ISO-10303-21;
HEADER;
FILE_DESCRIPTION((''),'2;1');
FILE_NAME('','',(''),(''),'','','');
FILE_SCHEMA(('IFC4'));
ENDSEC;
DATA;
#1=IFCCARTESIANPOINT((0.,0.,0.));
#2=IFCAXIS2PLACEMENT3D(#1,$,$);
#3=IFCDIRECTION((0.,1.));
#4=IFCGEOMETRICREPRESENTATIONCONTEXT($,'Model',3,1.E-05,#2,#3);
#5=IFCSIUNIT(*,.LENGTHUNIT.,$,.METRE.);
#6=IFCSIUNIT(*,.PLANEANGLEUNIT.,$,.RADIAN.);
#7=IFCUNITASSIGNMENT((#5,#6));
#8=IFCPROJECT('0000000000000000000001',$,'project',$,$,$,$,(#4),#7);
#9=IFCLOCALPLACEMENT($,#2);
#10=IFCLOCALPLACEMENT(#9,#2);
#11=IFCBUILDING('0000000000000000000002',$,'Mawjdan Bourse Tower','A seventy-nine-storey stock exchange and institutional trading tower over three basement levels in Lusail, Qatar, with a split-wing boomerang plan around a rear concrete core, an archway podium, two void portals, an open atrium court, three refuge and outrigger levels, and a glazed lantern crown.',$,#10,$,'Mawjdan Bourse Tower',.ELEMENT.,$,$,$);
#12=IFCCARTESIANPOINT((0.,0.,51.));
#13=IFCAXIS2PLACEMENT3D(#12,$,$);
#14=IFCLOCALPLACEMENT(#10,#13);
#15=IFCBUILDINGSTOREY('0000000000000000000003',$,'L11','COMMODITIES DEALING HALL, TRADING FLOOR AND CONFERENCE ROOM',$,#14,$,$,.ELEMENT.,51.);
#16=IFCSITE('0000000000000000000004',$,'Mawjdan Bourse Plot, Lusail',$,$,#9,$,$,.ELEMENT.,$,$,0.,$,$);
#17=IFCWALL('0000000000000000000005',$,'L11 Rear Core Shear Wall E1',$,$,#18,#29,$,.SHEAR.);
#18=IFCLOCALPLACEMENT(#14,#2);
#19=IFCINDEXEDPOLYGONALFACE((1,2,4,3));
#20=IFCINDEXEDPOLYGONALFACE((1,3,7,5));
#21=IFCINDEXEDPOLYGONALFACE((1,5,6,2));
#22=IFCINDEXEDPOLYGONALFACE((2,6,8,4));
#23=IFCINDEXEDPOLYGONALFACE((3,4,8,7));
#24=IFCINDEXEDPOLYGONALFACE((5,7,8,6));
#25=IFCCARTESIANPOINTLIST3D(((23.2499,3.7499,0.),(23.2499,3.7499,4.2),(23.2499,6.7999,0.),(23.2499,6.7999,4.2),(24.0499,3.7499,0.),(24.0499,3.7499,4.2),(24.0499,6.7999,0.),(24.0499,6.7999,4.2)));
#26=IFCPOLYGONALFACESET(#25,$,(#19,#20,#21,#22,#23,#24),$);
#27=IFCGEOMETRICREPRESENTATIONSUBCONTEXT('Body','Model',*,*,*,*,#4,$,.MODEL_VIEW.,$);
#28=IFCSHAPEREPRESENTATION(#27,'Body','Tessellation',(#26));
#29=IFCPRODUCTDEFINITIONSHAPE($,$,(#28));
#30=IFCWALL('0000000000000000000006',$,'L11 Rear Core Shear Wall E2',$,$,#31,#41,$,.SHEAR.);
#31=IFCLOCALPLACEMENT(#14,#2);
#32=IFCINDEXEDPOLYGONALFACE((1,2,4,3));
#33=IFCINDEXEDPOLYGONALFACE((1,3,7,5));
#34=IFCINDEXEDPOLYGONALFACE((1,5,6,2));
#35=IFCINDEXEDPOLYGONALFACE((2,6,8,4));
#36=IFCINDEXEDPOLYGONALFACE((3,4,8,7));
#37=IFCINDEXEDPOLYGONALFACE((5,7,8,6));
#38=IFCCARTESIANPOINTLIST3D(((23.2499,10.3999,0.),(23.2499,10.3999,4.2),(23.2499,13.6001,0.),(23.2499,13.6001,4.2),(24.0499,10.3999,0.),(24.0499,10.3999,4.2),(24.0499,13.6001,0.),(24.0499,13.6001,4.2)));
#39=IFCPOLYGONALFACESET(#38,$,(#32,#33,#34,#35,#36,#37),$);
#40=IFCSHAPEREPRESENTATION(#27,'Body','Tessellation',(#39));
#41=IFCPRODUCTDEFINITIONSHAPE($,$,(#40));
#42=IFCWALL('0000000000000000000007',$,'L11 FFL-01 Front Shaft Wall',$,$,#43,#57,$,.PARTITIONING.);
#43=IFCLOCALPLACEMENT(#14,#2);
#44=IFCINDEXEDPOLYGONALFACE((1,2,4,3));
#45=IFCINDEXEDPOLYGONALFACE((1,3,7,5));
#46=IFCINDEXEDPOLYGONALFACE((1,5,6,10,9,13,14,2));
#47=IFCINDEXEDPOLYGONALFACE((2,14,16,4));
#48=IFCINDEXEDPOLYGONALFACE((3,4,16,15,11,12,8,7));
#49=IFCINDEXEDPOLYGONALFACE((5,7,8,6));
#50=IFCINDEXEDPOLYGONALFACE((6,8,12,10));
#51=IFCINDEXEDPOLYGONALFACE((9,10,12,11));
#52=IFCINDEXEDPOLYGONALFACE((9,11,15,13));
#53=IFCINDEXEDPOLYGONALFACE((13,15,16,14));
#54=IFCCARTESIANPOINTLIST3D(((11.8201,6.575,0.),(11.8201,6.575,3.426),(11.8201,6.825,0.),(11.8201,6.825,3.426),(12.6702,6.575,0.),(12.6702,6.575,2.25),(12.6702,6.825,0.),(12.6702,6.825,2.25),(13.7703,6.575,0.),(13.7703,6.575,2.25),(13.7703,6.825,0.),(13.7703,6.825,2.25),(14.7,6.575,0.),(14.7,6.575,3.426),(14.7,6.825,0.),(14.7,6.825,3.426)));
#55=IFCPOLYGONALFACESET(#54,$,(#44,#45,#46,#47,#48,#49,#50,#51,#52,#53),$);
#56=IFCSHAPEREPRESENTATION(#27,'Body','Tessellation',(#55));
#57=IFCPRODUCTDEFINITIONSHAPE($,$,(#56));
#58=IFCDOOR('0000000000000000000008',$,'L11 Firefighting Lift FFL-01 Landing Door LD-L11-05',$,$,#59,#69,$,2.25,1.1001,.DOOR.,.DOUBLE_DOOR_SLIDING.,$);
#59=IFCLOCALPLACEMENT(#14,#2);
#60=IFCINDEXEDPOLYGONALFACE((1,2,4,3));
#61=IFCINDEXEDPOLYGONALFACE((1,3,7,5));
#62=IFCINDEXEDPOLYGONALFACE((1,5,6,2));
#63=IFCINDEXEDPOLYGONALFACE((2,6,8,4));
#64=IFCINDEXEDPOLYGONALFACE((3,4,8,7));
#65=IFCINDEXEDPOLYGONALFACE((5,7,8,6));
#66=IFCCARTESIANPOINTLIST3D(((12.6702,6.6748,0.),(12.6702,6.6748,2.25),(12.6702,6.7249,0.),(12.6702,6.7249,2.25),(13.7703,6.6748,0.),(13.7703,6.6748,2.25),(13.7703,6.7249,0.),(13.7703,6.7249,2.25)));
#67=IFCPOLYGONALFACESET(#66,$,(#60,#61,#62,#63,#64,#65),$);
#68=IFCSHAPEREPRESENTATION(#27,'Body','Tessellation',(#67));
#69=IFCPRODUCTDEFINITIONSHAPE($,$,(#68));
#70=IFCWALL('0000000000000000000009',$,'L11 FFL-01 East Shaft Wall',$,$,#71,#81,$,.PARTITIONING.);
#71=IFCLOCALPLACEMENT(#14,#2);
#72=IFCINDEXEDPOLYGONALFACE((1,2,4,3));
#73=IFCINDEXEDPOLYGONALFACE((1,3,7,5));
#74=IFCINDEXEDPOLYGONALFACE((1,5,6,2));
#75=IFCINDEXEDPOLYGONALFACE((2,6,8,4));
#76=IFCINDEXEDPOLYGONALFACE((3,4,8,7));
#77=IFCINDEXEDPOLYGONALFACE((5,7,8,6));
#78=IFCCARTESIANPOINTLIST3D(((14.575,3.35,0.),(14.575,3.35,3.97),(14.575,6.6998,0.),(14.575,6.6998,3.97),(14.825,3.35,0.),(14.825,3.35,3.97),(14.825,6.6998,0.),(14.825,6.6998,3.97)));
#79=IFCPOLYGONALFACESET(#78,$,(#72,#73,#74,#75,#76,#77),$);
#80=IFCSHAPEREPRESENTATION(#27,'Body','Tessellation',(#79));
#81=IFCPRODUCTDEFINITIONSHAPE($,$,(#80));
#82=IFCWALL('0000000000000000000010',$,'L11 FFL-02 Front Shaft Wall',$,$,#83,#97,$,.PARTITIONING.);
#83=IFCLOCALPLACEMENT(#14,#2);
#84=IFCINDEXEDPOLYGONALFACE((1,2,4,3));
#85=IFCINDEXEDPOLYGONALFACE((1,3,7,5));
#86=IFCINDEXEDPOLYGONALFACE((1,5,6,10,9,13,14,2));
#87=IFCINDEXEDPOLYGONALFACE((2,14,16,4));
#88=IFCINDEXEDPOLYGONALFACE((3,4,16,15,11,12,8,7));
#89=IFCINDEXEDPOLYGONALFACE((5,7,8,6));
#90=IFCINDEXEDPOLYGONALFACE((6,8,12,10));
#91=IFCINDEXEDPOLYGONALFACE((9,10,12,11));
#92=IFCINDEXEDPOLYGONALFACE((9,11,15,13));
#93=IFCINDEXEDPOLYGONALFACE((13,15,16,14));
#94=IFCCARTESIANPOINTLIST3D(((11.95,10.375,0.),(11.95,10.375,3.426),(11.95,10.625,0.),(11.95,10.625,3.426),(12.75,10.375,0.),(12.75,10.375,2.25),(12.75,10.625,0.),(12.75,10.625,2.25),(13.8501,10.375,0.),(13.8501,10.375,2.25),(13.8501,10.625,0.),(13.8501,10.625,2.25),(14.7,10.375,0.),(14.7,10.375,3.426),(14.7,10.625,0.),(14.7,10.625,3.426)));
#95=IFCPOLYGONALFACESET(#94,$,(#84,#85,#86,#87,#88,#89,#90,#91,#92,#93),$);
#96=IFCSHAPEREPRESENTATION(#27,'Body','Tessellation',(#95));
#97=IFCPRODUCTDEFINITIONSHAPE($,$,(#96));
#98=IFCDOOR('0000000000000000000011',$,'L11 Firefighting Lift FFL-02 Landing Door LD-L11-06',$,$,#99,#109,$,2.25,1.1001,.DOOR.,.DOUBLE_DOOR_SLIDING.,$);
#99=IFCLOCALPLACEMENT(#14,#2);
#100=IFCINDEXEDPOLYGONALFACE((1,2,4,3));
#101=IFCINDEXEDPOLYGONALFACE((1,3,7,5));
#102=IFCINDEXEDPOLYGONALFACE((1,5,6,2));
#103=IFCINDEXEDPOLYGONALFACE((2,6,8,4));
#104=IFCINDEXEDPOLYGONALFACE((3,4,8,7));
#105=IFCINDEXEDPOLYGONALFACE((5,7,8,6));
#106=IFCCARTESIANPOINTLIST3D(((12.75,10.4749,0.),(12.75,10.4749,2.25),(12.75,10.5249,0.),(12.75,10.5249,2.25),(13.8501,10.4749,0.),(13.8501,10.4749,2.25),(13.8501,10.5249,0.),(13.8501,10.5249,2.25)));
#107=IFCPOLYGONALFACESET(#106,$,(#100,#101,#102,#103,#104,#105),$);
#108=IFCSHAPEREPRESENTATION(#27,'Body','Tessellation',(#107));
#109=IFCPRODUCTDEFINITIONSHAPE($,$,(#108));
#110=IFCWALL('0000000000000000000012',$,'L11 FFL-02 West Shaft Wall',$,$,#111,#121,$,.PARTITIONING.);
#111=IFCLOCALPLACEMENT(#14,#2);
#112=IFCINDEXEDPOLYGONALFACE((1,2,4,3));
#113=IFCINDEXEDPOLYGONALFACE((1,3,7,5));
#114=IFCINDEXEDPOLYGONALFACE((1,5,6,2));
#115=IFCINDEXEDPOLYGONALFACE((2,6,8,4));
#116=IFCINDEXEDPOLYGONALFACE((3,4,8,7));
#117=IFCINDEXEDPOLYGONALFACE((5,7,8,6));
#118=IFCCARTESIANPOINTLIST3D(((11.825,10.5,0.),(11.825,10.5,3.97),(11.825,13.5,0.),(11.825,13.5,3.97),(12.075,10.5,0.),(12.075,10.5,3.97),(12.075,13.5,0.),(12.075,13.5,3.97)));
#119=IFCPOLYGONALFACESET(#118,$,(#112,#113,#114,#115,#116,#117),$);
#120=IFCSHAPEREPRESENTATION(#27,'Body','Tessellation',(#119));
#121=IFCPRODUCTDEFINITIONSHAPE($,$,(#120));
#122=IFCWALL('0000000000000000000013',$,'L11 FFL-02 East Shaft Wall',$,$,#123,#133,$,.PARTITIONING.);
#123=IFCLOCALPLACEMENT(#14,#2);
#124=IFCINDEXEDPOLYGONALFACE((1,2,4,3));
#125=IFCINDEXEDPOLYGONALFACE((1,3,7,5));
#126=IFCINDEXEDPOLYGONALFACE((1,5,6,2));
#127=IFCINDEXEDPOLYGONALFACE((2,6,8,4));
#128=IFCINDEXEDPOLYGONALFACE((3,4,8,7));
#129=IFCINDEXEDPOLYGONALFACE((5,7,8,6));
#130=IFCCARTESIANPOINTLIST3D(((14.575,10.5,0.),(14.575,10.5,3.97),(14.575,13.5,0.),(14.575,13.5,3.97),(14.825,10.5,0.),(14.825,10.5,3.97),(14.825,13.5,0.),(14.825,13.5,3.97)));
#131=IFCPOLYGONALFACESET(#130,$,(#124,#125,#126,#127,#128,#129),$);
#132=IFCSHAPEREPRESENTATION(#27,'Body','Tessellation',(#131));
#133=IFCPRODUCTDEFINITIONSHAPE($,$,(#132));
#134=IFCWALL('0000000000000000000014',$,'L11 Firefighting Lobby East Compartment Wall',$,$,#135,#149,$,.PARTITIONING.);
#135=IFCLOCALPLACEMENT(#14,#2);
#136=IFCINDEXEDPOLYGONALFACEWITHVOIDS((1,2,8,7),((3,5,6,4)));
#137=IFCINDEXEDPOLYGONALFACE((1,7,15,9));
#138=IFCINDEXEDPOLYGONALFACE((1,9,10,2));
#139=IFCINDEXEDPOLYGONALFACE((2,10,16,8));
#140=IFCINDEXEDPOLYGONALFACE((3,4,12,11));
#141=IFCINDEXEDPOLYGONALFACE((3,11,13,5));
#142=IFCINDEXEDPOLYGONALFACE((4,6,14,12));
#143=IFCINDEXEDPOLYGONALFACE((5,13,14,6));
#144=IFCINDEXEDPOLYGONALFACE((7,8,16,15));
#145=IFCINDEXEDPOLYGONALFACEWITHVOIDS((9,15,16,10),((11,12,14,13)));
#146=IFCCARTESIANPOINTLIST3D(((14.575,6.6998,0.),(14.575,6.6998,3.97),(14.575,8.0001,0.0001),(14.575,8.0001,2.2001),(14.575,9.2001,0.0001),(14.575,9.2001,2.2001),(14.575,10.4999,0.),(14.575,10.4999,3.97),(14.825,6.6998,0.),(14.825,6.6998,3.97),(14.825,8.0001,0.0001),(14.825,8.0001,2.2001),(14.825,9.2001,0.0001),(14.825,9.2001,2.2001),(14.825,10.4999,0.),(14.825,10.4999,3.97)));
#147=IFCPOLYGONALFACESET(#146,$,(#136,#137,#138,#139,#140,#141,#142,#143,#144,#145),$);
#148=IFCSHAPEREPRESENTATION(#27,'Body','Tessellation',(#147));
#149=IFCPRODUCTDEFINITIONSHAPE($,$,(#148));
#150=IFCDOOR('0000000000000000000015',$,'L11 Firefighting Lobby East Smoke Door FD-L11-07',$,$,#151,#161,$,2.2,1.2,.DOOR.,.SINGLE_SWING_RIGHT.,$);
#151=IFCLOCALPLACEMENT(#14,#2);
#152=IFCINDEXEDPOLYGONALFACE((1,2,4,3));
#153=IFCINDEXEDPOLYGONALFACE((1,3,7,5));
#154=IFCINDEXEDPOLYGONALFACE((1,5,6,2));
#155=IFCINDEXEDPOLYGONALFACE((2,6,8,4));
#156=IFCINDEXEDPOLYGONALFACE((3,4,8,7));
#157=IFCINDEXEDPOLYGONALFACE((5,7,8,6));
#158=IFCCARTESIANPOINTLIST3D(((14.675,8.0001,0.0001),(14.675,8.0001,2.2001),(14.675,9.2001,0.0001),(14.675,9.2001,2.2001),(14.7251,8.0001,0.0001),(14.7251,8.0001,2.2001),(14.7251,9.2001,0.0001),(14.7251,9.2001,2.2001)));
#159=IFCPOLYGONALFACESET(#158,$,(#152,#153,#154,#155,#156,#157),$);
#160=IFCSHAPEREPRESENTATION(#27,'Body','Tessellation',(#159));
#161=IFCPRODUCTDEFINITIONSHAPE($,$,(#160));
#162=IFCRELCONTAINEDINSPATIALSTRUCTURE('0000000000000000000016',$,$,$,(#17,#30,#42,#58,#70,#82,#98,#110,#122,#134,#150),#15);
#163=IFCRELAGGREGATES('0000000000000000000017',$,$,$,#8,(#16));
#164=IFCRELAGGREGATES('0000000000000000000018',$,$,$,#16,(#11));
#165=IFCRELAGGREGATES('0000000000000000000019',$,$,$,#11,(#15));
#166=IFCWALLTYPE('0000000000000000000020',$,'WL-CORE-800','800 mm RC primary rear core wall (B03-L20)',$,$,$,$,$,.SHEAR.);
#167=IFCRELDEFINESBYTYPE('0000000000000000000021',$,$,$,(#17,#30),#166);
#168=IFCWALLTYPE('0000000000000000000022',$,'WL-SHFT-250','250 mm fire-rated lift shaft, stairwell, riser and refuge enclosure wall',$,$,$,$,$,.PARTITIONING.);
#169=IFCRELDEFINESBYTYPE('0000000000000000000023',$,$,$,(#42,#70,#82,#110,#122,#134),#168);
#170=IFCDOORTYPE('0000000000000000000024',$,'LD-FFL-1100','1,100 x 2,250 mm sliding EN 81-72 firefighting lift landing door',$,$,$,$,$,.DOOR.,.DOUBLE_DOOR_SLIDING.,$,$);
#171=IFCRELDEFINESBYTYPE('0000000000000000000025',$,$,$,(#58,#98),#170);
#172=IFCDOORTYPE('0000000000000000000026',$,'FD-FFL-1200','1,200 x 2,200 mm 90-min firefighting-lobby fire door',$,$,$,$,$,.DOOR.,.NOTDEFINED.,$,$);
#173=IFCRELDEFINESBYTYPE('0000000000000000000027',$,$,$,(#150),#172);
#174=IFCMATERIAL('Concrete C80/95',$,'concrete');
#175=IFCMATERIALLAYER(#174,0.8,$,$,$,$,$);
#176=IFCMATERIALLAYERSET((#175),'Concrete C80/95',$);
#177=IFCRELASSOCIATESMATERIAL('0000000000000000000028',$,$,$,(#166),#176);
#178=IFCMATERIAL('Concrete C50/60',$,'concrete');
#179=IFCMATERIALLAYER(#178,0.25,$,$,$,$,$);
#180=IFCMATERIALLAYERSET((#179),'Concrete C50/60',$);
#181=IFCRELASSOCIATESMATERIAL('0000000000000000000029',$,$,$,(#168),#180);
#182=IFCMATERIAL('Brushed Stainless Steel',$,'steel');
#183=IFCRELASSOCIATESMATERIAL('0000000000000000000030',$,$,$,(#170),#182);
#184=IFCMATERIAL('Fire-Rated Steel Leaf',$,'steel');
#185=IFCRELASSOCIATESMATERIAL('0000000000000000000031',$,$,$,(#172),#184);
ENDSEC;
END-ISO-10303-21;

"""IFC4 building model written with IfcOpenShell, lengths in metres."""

from ifc_helpers import new_model, si_unit, direction, frame, frame_2d, origin, place, context, subcontext, project, spatial, rectangle, extrude, material, layer, layer_set, type_object, element, fill, save


model = new_model("IFC4")

# Units and contexts
model_context = context("Model", 3, precision=1e-05, world=origin(), true_north=direction((0.0, 1.0)))
body_context = subcontext(model_context, "Body", "Model", "MODEL_VIEW")
ifc_project = project(units=[si_unit("LENGTHUNIT", "METRE"), si_unit("PLANEANGLEUNIT", "RADIAN")], contexts=[model_context])

# Site, building, storey
site_placement = place(None, origin())
site = spatial("IfcSite", under=ifc_project, at=site_placement, Name="Mawjdan Bourse Plot, Lusail", CompositionType="ELEMENT", RefElevation=0.0)
building_placement = place(site_placement, origin())
building = spatial("IfcBuilding", under=site, at=building_placement, Name="Mawjdan Bourse Tower", Description="A seventy-nine-storey stock exchange and institutional trading tower over three basement levels in Lusail, Qatar, with a split-wing boomerang plan around a rear concrete core, an archway podium, two void portals, an open atrium court, three refuge and outrigger levels, and a glazed lantern crown.", LongName="Mawjdan Bourse Tower", CompositionType="ELEMENT")
storey_placement = place(building_placement, frame((0.0, 0.0, 51.0)))
storey = spatial("IfcBuildingStorey", under=building, at=storey_placement, Name="L11", Description="COMMODITIES DEALING HALL, TRADING FLOOR AND CONFERENCE ROOM", CompositionType="ELEMENT", Elevation=51.0)

# Walls
ifc_material_1 = material(Name="Concrete C80/95", Category="concrete")
ifc_layer_1 = layer(ifc_material_1, 0.8)
ifc_layer_set_1 = layer_set([ifc_layer_1], Name="Concrete C80/95")
wall_type_1 = type_object("IfcWallType", Name="WL-CORE-800", Description="800 mm RC primary rear core wall (B03-L20)", PredefinedType="SHEAR", material=ifc_layer_set_1)
wall_1_placement = place(storey_placement, frame((23.6499, 3.75, 0.0), z_axis=(0.0, 0.0, 1.0), x_axis=(0.0, 1.0, 0.0)))
element("IfcWall", 1, at=wall_1_placement, inside=storey, type_object=wall_type_1, Name="L11 Rear Core Shear Wall E1", PredefinedType="SHEAR", context=body_context, shape_type="SweptSolid", body=[
    extrude(rectangle(XDim=3.05, YDim=0.8, at=frame_2d((1.5249, 0.0))), origin(), (0.0, 0.0, 1.0), 4.2),
])
wall_2_placement = place(storey_placement, frame((23.6499, 10.3999, 0.0), z_axis=(0.0, 0.0, 1.0), x_axis=(0.0, 1.0, 0.0)))
element("IfcWall", 2, at=wall_2_placement, inside=storey, type_object=wall_type_1, Name="L11 Rear Core Shear Wall E2", PredefinedType="SHEAR", context=body_context, shape_type="SweptSolid", body=[
    extrude(rectangle(XDim=3.2002, YDim=0.8, at=frame_2d((1.6001, 0.0))), origin(), (0.0, 0.0, 1.0), 4.2),
])

# Wall, opening, door
ifc_material_2 = material(Name="Concrete C50/60", Category="concrete")
ifc_layer_2 = layer(ifc_material_2, 0.25)
ifc_layer_set_2 = layer_set([ifc_layer_2], Name="Concrete C50/60")
wall_type_2 = type_object("IfcWallType", Name="WL-SHFT-250", Description="250 mm fire-rated lift shaft, stairwell, riser and refuge enclosure wall", PredefinedType="PARTITIONING", material=ifc_layer_set_2)
wall_3_placement = place(storey_placement, frame((11.8201, 6.7, 0.0), z_axis=(0.0, 0.0, 1.0), x_axis=(1.0, 0.0, 0.0)))
wall_3 = element("IfcWall", 3, at=wall_3_placement, inside=storey, type_object=wall_type_2, Name="L11 FFL-01 Front Shaft Wall", PredefinedType="PARTITIONING", context=body_context, shape_type="SweptSolid", body=[
    extrude(rectangle(XDim=2.8799, YDim=0.25, at=frame_2d((1.4399, 0.0))), origin(), (0.0, 0.0, 1.0), 3.426),
])
opening_1_placement = place(wall_3_placement, frame((0.8501, 0.0, 0.0)))
opening_1 = element("IfcOpeningElement", 4, at=opening_1_placement, cuts=wall_3, PredefinedType="OPENING", context=body_context, shape_type="SweptSolid", body=[
    extrude(rectangle(XDim=1.1001, YDim=2.25, at=frame_2d((0.55, 1.125))), frame((0.0, 0.135, 0.0), z_axis=(0.0, -1.0, 0.0), x_axis=(1.0, 0.0, 0.0)), (0.0, 0.0, 1.0), 0.27),
])
ifc_material_3 = material(Name="Brushed Stainless Steel", Category="steel")
door_type_1 = type_object("IfcDoorType", Name="LD-FFL-1100", Description="1,100 x 2,250 mm sliding EN 81-72 firefighting lift landing door", OperationType="DOUBLE_DOOR_SLIDING", PredefinedType="DOOR", material=ifc_material_3)
door_1_placement = place(opening_1_placement, origin())
door_1 = element("IfcDoor", 5, at=door_1_placement, inside=storey, type_object=door_type_1, Name="L11 Firefighting Lift FFL-01 Landing Door LD-L11-05", OperationType="DOUBLE_DOOR_SLIDING", OverallHeight=2.25, OverallWidth=1.1001, PredefinedType="DOOR", context=body_context, shape_type="SweptSolid", body=[
    extrude(rectangle(XDim=1.1001, YDim=2.25, at=frame_2d((0.55, 1.125))), frame((0.0, 0.0249, 0.0), z_axis=(0.0, -1.0, 0.0), x_axis=(1.0, 0.0, 0.0)), (0.0, 0.0, 1.0), 0.05),
])
fill(opening_1, door_1)

# Wall
wall_4_placement = place(storey_placement, frame((14.7, 3.3501, 0.0), z_axis=(0.0, 0.0, 1.0), x_axis=(0.0, 1.0, 0.0)))
element("IfcWall", 6, at=wall_4_placement, inside=storey, type_object=wall_type_2, Name="L11 FFL-01 East Shaft Wall", PredefinedType="PARTITIONING", context=body_context, shape_type="SweptSolid", body=[
    extrude(rectangle(XDim=3.3499, YDim=0.25, at=frame_2d((1.6748, 0.0))), origin(), (0.0, 0.0, 1.0), 3.97),
])

# Wall, opening, door
wall_5_placement = place(storey_placement, frame((11.95, 10.5, 0.0), z_axis=(0.0, 0.0, 1.0), x_axis=(1.0, 0.0, 0.0)))
wall_5 = element("IfcWall", 7, at=wall_5_placement, inside=storey, type_object=wall_type_2, Name="L11 FFL-02 Front Shaft Wall", PredefinedType="PARTITIONING", context=body_context, shape_type="SweptSolid", body=[
    extrude(rectangle(XDim=2.75, YDim=0.25, at=frame_2d((1.375, 0.0))), origin(), (0.0, 0.0, 1.0), 3.426),
])
opening_2_placement = place(wall_5_placement, frame((0.8, 0.0, 0.0)))
opening_2 = element("IfcOpeningElement", 8, at=opening_2_placement, cuts=wall_5, PredefinedType="OPENING", context=body_context, shape_type="SweptSolid", body=[
    extrude(rectangle(XDim=1.1001, YDim=2.25, at=frame_2d((0.55, 1.125))), frame((0.0, 0.135, 0.0), z_axis=(0.0, -1.0, 0.0), x_axis=(1.0, 0.0, 0.0)), (0.0, 0.0, 1.0), 0.27),
])
door_2_placement = place(opening_2_placement, origin())
door_2 = element("IfcDoor", 9, at=door_2_placement, inside=storey, type_object=door_type_1, Name="L11 Firefighting Lift FFL-02 Landing Door LD-L11-06", OperationType="DOUBLE_DOOR_SLIDING", OverallHeight=2.25, OverallWidth=1.1001, PredefinedType="DOOR", context=body_context, shape_type="SweptSolid", body=[
    extrude(rectangle(XDim=1.1001, YDim=2.25, at=frame_2d((0.55, 1.125))), frame((0.0, 0.0249, 0.0), z_axis=(0.0, -1.0, 0.0), x_axis=(1.0, 0.0, 0.0)), (0.0, 0.0, 1.0), 0.05),
])
fill(opening_2, door_2)

# Walls
for number, where, z_axis, x_axis, name in (
    (10, (11.95, 10.5, 0.0), (0.0, 0.0, 1.0), (0.0, 1.0, 0.0), "L11 FFL-02 West Shaft Wall"),
    (11, (14.7, 10.5, 0.0), (0.0, 0.0, 1.0), (0.0, 1.0, 0.0), "L11 FFL-02 East Shaft Wall"),
):
    element("IfcWall", number, at=place(storey_placement, frame(where, z_axis=z_axis, x_axis=x_axis)), inside=storey, type_object=wall_type_2, Name=name, PredefinedType="PARTITIONING", context=body_context, shape_type="SweptSolid", body=[
        extrude(rectangle(XDim=3.0, YDim=0.25, at=frame_2d((1.5, 0.0))), origin(), (0.0, 0.0, 1.0), 3.97),
    ])

# Wall, opening, door
wall_6_placement = place(storey_placement, frame((14.7, 6.7, 0.0), z_axis=(0.0, 0.0, 1.0), x_axis=(0.0, 1.0, 0.0)))
wall_6 = element("IfcWall", 12, at=wall_6_placement, inside=storey, type_object=wall_type_2, Name="L11 Firefighting Lobby East Compartment Wall", PredefinedType="PARTITIONING", context=body_context, shape_type="SweptSolid", body=[
    extrude(rectangle(XDim=3.8, YDim=0.25, at=frame_2d((1.8999, 0.0))), origin(), (0.0, 0.0, 1.0), 3.97),
])
opening_3_placement = place(wall_6_placement, frame((1.3, 0.0, 0.0)))
opening_3 = element("IfcOpeningElement", 13, at=opening_3_placement, cuts=wall_6, PredefinedType="OPENING", context=body_context, shape_type="SweptSolid", body=[
    extrude(rectangle(XDim=1.2, YDim=2.2, at=frame_2d((0.6001, 1.1001))), frame((0.0, 0.135, 0.0), z_axis=(0.0, -1.0, 0.0), x_axis=(1.0, 0.0, 0.0)), (0.0, 0.0, 1.0), 0.27),
])
ifc_material_4 = material(Name="Fire-Rated Steel Leaf", Category="steel")
door_type_2 = type_object("IfcDoorType", Name="FD-FFL-1200", Description="1,200 x 2,200 mm 90-min firefighting-lobby fire door", OperationType="NOTDEFINED", PredefinedType="DOOR", material=ifc_material_4)
door_3_placement = place(opening_3_placement, origin())
door_3 = element("IfcDoor", 14, at=door_3_placement, inside=storey, type_object=door_type_2, Name="L11 Firefighting Lobby East Smoke Door FD-L11-07", OperationType="SINGLE_SWING_RIGHT", OverallHeight=2.2, OverallWidth=1.2, PredefinedType="DOOR", context=body_context, shape_type="SweptSolid", body=[
    extrude(rectangle(XDim=1.2, YDim=2.2, at=frame_2d((0.6001, 1.1001))), frame((0.0, 0.0249, 0.0), z_axis=(0.0, -1.0, 0.0), x_axis=(1.0, 0.0, 0.0)), (0.0, 0.0, 1.0), 0.05),
])
fill(opening_3, door_3)

save(model, "model.ifc")
